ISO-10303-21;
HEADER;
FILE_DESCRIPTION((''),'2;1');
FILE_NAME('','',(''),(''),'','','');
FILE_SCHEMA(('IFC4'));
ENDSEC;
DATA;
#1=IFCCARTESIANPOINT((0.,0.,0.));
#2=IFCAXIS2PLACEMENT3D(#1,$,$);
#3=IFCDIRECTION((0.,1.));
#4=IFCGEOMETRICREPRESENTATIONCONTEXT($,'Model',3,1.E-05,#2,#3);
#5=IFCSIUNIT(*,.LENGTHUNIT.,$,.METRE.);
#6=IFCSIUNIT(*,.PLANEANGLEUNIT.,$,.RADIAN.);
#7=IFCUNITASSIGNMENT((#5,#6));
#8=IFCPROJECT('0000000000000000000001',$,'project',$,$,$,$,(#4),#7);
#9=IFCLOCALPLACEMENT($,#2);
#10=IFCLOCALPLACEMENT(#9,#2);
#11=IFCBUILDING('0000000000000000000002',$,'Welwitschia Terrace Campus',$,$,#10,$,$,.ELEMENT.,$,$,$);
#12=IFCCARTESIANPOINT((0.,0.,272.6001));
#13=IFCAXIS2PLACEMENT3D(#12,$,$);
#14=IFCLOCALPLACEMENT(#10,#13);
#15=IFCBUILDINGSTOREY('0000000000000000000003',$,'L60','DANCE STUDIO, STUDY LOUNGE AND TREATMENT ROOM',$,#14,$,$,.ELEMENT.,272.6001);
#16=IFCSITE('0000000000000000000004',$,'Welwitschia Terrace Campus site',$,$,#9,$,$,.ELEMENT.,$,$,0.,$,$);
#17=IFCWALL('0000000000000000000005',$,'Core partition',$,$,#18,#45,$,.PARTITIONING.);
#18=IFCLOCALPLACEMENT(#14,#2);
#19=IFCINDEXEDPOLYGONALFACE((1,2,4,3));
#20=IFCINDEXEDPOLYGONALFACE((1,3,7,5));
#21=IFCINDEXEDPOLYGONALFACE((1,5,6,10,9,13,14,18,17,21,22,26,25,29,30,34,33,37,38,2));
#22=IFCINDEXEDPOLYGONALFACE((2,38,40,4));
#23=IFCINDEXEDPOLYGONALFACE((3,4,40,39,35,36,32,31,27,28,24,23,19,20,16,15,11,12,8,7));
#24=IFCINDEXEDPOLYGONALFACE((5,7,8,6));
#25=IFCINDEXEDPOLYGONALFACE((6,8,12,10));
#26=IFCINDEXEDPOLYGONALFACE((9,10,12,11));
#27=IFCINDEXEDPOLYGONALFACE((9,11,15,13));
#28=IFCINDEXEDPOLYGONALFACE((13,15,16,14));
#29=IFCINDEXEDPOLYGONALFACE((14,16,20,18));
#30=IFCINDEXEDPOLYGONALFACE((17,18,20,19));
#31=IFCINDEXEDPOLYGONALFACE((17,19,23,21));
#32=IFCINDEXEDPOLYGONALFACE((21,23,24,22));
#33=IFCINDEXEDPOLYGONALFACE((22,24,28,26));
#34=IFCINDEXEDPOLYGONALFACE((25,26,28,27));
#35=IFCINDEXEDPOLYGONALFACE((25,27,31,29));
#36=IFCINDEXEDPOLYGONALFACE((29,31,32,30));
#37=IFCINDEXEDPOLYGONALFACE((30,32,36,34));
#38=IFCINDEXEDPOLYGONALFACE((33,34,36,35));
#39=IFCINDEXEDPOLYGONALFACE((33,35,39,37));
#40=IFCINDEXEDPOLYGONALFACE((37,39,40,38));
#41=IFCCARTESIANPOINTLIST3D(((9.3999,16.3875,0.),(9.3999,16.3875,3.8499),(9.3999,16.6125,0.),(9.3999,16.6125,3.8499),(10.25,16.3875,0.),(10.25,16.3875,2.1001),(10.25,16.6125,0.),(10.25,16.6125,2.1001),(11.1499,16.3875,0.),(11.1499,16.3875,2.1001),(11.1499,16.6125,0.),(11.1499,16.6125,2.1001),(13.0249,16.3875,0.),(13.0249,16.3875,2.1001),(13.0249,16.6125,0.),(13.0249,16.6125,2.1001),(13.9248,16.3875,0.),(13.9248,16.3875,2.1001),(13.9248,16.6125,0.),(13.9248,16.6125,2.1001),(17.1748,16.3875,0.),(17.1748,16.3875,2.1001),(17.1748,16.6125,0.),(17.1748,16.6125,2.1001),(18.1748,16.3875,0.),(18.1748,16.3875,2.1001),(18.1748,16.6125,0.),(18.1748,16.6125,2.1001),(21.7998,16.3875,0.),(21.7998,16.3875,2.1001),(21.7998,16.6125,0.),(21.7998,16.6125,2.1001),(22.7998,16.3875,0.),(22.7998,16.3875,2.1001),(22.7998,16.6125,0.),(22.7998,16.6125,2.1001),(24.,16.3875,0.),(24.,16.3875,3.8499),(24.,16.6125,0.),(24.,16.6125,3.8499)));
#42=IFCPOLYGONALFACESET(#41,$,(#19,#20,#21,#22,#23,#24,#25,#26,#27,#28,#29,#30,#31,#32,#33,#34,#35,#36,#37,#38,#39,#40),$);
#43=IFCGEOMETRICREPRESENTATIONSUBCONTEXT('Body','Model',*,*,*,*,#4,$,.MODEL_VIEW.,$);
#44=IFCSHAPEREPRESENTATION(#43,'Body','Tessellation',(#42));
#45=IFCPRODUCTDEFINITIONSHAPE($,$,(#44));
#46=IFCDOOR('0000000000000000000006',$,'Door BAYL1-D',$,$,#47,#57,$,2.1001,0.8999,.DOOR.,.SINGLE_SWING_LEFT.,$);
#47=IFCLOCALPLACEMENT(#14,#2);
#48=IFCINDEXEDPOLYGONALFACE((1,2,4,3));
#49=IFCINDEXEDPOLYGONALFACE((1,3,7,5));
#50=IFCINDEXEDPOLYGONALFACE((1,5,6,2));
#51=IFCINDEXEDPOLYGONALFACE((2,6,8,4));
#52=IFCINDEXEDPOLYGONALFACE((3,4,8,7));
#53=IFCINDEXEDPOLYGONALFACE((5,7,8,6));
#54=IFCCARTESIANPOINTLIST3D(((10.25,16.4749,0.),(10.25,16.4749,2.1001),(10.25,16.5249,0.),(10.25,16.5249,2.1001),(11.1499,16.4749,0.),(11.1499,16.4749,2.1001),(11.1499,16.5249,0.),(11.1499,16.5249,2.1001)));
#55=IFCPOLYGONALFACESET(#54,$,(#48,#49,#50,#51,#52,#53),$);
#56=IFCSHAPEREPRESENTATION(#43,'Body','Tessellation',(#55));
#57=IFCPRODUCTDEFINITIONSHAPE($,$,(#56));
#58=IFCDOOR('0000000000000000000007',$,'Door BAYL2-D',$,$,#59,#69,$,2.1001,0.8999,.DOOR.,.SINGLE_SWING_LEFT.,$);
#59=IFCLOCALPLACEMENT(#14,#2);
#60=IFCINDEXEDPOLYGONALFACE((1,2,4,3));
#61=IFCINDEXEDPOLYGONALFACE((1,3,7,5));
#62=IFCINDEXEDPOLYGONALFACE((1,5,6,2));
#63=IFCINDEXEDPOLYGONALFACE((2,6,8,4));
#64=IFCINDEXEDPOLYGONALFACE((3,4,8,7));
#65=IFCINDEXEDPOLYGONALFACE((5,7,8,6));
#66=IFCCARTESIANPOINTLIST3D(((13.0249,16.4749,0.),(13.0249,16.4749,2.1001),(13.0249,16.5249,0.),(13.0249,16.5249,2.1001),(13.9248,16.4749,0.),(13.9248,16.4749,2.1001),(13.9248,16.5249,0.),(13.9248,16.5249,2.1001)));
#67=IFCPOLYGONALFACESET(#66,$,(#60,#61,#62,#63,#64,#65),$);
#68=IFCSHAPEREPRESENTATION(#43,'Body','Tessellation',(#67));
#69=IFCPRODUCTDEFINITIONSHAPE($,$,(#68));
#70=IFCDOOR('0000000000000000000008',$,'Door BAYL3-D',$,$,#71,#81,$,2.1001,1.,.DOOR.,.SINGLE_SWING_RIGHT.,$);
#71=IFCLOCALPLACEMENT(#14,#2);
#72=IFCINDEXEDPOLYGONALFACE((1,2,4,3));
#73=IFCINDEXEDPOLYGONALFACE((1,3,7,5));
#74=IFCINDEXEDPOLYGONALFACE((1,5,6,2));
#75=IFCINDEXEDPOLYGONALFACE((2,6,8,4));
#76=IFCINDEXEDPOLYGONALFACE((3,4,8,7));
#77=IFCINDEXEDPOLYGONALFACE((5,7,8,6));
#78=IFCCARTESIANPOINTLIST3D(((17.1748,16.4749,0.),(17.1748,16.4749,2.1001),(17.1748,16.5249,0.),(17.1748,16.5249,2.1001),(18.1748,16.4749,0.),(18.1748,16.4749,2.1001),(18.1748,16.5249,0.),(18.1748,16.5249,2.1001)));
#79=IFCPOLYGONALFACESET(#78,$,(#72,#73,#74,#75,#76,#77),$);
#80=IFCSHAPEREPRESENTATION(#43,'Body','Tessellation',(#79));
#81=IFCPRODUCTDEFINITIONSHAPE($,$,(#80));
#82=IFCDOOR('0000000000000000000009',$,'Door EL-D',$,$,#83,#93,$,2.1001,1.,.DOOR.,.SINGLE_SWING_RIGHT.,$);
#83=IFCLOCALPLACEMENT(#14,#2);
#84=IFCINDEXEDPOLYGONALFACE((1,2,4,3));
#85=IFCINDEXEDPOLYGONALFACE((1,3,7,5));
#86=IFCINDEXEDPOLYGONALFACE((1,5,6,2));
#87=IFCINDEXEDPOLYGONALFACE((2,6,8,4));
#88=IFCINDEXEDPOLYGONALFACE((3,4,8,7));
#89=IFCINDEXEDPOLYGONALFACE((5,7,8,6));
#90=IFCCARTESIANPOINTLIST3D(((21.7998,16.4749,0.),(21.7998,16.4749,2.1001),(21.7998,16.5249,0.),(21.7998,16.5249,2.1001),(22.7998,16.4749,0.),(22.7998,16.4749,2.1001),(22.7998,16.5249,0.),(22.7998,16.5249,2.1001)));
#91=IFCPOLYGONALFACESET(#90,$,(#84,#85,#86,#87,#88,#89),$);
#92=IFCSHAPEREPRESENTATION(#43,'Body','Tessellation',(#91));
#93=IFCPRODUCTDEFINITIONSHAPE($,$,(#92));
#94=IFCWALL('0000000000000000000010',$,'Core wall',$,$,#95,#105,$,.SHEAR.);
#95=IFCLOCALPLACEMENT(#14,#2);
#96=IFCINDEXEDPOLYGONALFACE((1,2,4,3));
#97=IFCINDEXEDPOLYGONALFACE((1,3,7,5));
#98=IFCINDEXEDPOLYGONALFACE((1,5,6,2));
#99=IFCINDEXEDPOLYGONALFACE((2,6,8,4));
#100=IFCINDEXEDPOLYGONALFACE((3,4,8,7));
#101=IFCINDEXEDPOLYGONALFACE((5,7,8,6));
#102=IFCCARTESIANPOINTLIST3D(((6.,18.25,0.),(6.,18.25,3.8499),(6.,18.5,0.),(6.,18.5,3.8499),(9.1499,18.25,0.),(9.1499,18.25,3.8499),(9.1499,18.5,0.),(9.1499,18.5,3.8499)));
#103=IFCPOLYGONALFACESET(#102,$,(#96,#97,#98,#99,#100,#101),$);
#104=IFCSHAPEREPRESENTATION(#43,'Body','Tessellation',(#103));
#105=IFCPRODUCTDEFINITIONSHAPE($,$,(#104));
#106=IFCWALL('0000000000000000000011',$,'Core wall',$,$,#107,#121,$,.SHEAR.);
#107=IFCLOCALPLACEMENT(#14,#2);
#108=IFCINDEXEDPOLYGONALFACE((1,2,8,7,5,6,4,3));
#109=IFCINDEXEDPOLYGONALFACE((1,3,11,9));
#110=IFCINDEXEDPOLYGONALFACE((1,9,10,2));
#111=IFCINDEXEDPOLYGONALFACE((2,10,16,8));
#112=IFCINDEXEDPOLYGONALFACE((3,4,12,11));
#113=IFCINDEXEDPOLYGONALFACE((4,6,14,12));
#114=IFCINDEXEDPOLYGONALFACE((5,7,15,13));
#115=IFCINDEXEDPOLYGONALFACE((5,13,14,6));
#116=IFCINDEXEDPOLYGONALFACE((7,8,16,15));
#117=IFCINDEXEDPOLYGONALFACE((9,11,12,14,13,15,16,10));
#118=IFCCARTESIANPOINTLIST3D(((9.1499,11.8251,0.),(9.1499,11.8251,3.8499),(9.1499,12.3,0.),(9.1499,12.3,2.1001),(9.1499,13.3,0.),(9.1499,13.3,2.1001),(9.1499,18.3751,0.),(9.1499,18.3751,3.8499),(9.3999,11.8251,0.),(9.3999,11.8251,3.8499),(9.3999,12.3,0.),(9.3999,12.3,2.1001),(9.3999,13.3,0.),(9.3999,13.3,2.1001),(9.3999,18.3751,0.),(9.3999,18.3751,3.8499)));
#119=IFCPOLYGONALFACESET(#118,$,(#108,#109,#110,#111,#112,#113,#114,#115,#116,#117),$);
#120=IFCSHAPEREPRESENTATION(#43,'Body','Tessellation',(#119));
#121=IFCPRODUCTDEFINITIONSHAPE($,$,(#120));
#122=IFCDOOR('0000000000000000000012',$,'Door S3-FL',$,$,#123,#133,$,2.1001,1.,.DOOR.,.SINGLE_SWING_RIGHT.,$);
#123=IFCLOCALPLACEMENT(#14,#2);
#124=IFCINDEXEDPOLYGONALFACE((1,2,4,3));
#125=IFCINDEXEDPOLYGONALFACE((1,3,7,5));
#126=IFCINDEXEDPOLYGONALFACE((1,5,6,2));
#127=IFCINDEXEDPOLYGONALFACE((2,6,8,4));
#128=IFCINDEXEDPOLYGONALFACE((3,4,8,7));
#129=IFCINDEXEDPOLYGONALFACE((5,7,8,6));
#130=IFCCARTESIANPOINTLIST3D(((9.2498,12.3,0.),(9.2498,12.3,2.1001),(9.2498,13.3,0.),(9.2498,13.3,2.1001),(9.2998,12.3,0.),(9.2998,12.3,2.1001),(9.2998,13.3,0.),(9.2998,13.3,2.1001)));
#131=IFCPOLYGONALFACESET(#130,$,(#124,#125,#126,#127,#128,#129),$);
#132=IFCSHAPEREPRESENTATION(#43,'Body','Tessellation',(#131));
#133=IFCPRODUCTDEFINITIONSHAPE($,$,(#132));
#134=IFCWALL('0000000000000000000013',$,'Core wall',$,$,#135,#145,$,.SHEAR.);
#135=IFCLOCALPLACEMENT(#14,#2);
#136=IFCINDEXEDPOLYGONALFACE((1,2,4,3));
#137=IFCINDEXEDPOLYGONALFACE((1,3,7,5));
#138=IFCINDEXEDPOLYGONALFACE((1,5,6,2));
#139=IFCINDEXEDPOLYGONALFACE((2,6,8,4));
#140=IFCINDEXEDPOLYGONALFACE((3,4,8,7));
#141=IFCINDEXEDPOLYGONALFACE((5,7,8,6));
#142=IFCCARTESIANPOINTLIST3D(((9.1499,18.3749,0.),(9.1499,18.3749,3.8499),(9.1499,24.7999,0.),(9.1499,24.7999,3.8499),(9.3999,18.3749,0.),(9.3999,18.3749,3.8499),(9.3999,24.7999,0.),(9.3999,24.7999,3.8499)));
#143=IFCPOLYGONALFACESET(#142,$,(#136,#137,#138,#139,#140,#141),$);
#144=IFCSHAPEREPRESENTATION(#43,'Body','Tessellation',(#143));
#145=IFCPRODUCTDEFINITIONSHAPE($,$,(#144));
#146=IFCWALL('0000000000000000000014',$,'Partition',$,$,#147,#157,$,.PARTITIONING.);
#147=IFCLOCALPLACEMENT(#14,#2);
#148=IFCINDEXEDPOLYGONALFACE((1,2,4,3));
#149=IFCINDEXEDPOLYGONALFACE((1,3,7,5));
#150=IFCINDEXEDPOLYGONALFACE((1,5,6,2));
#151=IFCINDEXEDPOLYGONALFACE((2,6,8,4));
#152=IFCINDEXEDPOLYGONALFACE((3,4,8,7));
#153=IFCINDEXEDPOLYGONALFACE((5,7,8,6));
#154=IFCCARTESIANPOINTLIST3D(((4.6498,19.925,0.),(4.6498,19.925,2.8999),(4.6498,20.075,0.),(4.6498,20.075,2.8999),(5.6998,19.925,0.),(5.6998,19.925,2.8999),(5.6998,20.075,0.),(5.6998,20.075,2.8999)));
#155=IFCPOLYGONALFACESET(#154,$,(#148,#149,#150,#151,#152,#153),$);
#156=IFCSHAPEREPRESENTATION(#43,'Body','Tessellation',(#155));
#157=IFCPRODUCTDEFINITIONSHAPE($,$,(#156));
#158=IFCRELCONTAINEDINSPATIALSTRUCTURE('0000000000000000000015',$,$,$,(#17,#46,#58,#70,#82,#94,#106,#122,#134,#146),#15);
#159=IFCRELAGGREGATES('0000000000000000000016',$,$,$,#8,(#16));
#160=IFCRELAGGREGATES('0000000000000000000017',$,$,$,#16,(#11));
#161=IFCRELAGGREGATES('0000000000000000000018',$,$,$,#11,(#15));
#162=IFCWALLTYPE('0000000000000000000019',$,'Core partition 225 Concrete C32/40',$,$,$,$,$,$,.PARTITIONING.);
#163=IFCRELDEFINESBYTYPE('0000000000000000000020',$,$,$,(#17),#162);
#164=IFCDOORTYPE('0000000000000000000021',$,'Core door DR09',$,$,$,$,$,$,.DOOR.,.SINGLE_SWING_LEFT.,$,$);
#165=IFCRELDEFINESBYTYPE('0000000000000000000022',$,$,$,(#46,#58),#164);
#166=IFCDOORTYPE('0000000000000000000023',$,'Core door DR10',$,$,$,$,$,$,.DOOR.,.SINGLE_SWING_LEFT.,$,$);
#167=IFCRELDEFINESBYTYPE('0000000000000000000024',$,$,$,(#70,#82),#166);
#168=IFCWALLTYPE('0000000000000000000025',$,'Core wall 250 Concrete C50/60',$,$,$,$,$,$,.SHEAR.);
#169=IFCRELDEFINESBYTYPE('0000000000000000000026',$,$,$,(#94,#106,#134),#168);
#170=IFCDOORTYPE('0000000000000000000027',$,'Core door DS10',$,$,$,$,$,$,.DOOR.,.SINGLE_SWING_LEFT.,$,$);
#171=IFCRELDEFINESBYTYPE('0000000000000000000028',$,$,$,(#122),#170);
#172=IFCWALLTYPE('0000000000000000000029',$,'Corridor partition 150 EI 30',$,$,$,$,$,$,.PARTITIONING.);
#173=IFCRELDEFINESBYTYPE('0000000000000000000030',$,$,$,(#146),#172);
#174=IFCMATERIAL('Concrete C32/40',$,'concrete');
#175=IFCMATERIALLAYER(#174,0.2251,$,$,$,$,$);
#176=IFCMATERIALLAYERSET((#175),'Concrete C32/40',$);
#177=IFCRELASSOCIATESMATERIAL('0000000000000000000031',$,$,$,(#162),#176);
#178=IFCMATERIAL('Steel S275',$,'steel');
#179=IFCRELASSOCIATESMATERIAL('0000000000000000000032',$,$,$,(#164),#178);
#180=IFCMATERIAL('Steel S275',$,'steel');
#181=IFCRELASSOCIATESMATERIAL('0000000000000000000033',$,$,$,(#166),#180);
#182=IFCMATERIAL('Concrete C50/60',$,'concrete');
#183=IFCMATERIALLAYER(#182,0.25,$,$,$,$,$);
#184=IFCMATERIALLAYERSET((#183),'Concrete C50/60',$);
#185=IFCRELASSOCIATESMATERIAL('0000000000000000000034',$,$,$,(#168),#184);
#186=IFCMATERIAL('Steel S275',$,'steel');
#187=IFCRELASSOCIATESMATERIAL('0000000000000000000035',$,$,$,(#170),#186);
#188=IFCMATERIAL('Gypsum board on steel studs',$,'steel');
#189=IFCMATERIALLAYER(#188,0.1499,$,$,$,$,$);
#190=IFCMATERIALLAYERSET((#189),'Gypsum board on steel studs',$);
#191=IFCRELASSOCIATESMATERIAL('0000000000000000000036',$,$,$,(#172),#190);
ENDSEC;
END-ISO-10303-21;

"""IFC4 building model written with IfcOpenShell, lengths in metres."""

from ifc_helpers import new_model, si_unit, direction, frame, frame_2d, origin, place, context, subcontext, project, spatial, rectangle, extrude, material, layer, layer_set, type_object, element, fill, save


model = new_model("IFC4")

# Units and contexts
model_context = context("Model", 3, precision=1e-05, world=origin(), true_north=direction((0.0, 1.0)))
body_context = subcontext(model_context, "Body", "Model", "MODEL_VIEW")
ifc_project = project(units=[si_unit("LENGTHUNIT", "METRE"), si_unit("PLANEANGLEUNIT", "RADIAN")], contexts=[model_context])

# Site, building, storey
site_placement = place(None, origin())
site = spatial("IfcSite", under=ifc_project, at=site_placement, Name="Welwitschia Terrace Campus site", CompositionType="ELEMENT", RefElevation=0.0)
building_placement = place(site_placement, origin())
building = spatial("IfcBuilding", under=site, at=building_placement, Name="Welwitschia Terrace Campus", CompositionType="ELEMENT")
storey_placement = place(building_placement, frame((0.0, 0.0, 272.6001)))
storey = spatial("IfcBuildingStorey", under=building, at=storey_placement, Name="L60", Description="DANCE STUDIO, STUDY LOUNGE AND TREATMENT ROOM", CompositionType="ELEMENT", Elevation=272.6001)

# Shared definitions
ifc_material_1 = material(Name="Concrete C32/40", Category="concrete")
ifc_layer_1 = layer(ifc_material_1, 0.2251)
ifc_layer_set_1 = layer_set([ifc_layer_1], Name="Concrete C32/40")
wall_type_1 = type_object("IfcWallType", Name="Core partition 225 Concrete C32/40", PredefinedType="PARTITIONING", material=ifc_layer_set_1)

# Wall, openings, doors
wall_1_placement = place(storey_placement, frame((9.3999, 16.5, 0.0), z_axis=(0.0, 0.0, 1.0), x_axis=(1.0, 0.0, 0.0)))
wall_1 = element("IfcWall", 1, at=wall_1_placement, inside=storey, type_object=wall_type_1, Name="Core partition", PredefinedType="PARTITIONING", context=body_context, shape_type="SweptSolid", body=[
    extrude(rectangle(XDim=14.6001, YDim=0.2251, at=frame_2d((7.3, 0.0))), origin(), (0.0, 0.0, 1.0), 3.8499),
])
opening_1_placement = place(wall_1_placement, frame((0.8501, 0.0, 0.0)))
opening_1 = element("IfcOpeningElement", 2, at=opening_1_placement, cuts=wall_1, PredefinedType="OPENING", context=body_context, shape_type="SweptSolid", body=[
    extrude(rectangle(XDim=0.8999, YDim=2.1001, at=frame_2d((0.45, 1.05))), frame((0.0, 0.1226, 0.0), z_axis=(0.0, -1.0, 0.0), x_axis=(1.0, 0.0, 0.0)), (0.0, 0.0, 1.0), 0.2451),
])
opening_2_placement = place(wall_1_placement, frame((3.625, 0.0, 0.0)))
opening_2 = element("IfcOpeningElement", 3, at=opening_2_placement, cuts=wall_1, PredefinedType="OPENING", context=body_context, shape_type="SweptSolid", body=[
    extrude(rectangle(XDim=0.8999, YDim=2.1001, at=frame_2d((0.45, 1.05))), frame((0.0, 0.1226, 0.0), z_axis=(0.0, -1.0, 0.0), x_axis=(1.0, 0.0, 0.0)), (0.0, 0.0, 1.0), 0.2451),
])
opening_3_placement = place(wall_1_placement, frame((7.7749, 0.0, 0.0)))
opening_3 = element("IfcOpeningElement", 4, at=opening_3_placement, cuts=wall_1, PredefinedType="OPENING", context=body_context, shape_type="SweptSolid", body=[
    extrude(rectangle(XDim=1.0, YDim=2.1001, at=frame_2d((0.5, 1.05))), frame((0.0, 0.1226, 0.0), z_axis=(0.0, -1.0, 0.0), x_axis=(1.0, 0.0, 0.0)), (0.0, 0.0, 1.0), 0.2451),
])
opening_4_placement = place(wall_1_placement, frame((12.3999, 0.0, 0.0)))
opening_4 = element("IfcOpeningElement", 5, at=opening_4_placement, cuts=wall_1, PredefinedType="OPENING", context=body_context, shape_type="SweptSolid", body=[
    extrude(rectangle(XDim=1.0, YDim=2.1001, at=frame_2d((0.5, 1.05))), frame((0.0, 0.1226, 0.0), z_axis=(0.0, -1.0, 0.0), x_axis=(1.0, 0.0, 0.0)), (0.0, 0.0, 1.0), 0.2451),
])
ifc_material_2 = material(Name="Steel S275", Category="steel")
door_type_1 = type_object("IfcDoorType", Name="Core door DR09", OperationType="SINGLE_SWING_LEFT", PredefinedType="DOOR", material=ifc_material_2)
door_1_placement = place(opening_1_placement, origin())
door_1 = element("IfcDoor", 6, at=door_1_placement, inside=storey, type_object=door_type_1, Name="Door BAYL1-D", OperationType="SINGLE_SWING_LEFT", OverallHeight=2.1001, OverallWidth=0.8999, PredefinedType="DOOR", context=body_context, shape_type="SweptSolid", body=[
    extrude(rectangle(XDim=0.8999, YDim=2.1001, at=frame_2d((0.45, 1.05))), frame((0.0, 0.0249, 0.0), z_axis=(0.0, -1.0, 0.0), x_axis=(1.0, 0.0, 0.0)), (0.0, 0.0, 1.0), 0.05),
])
fill(opening_1, door_1)
door_2_placement = place(opening_2_placement, origin())
door_2 = element("IfcDoor", 7, at=door_2_placement, inside=storey, type_object=door_type_1, Name="Door BAYL2-D", OperationType="SINGLE_SWING_LEFT", OverallHeight=2.1001, OverallWidth=0.8999, PredefinedType="DOOR", context=body_context, shape_type="SweptSolid", body=[
    extrude(rectangle(XDim=0.8999, YDim=2.1001, at=frame_2d((0.45, 1.05))), frame((0.0, 0.0249, 0.0), z_axis=(0.0, -1.0, 0.0), x_axis=(1.0, 0.0, 0.0)), (0.0, 0.0, 1.0), 0.05),
])
fill(opening_2, door_2)
ifc_material_3 = material(Name="Steel S275", Category="steel")
door_type_2 = type_object("IfcDoorType", Name="Core door DR10", OperationType="SINGLE_SWING_LEFT", PredefinedType="DOOR", material=ifc_material_3)
door_3_placement = place(opening_3_placement, origin())
door_3 = element("IfcDoor", 8, at=door_3_placement, inside=storey, type_object=door_type_2, Name="Door BAYL3-D", OperationType="SINGLE_SWING_RIGHT", OverallHeight=2.1001, OverallWidth=1.0, PredefinedType="DOOR", context=body_context, shape_type="SweptSolid", body=[
    extrude(rectangle(XDim=1.0, YDim=2.1001, at=frame_2d((0.5, 1.05))), frame((0.0, 0.0249, 0.0), z_axis=(0.0, -1.0, 0.0), x_axis=(1.0, 0.0, 0.0)), (0.0, 0.0, 1.0), 0.05),
])
fill(opening_3, door_3)
door_4_placement = place(opening_4_placement, origin())
door_4 = element("IfcDoor", 9, at=door_4_placement, inside=storey, type_object=door_type_2, Name="Door EL-D", OperationType="SINGLE_SWING_RIGHT", OverallHeight=2.1001, OverallWidth=1.0, PredefinedType="DOOR", context=body_context, shape_type="SweptSolid", body=[
    extrude(rectangle(XDim=1.0, YDim=2.1001, at=frame_2d((0.5, 1.05))), frame((0.0, 0.0249, 0.0), z_axis=(0.0, -1.0, 0.0), x_axis=(1.0, 0.0, 0.0)), (0.0, 0.0, 1.0), 0.05),
])
fill(opening_4, door_4)

# Wall
ifc_material_4 = material(Name="Concrete C50/60", Category="concrete")
ifc_layer_2 = layer(ifc_material_4, 0.25)
ifc_layer_set_2 = layer_set([ifc_layer_2], Name="Concrete C50/60")
wall_type_2 = type_object("IfcWallType", Name="Core wall 250 Concrete C50/60", PredefinedType="SHEAR", material=ifc_layer_set_2)
wall_2_placement = place(storey_placement, frame((6.0, 18.375, 0.0), z_axis=(0.0, 0.0, 1.0), x_axis=(1.0, 0.0, 0.0)))
element("IfcWall", 10, at=wall_2_placement, inside=storey, type_object=wall_type_2, Name="Core wall", PredefinedType="SHEAR", context=body_context, shape_type="SweptSolid", body=[
    extrude(rectangle(XDim=3.1499, YDim=0.25, at=frame_2d((1.575, 0.0))), origin(), (0.0, 0.0, 1.0), 3.8499),
])

# Wall, opening, door
wall_3_placement = place(storey_placement, frame((9.2749, 18.375, 0.0), z_axis=(0.0, 0.0, 1.0), x_axis=(0.0, -1.0, 0.0)))
wall_3 = element("IfcWall", 11, at=wall_3_placement, inside=storey, type_object=wall_type_2, Name="Core wall", PredefinedType="SHEAR", context=body_context, shape_type="SweptSolid", body=[
    extrude(rectangle(XDim=6.55, YDim=0.25, at=frame_2d((3.2749, 0.0))), origin(), (0.0, 0.0, 1.0), 3.8499),
])
opening_5_placement = place(wall_3_placement, frame((5.075, 0.0, 0.0)))
opening_5 = element("IfcOpeningElement", 12, at=opening_5_placement, cuts=wall_3, PredefinedType="OPENING", context=body_context, shape_type="SweptSolid", body=[
    extrude(rectangle(XDim=1.0, YDim=2.1001, at=frame_2d((0.5, 1.05))), frame((0.0, 0.135, 0.0), z_axis=(0.0, -1.0, 0.0), x_axis=(1.0, 0.0, 0.0)), (0.0, 0.0, 1.0), 0.27),
])
ifc_material_5 = material(Name="Steel S275", Category="steel")
door_type_3 = type_object("IfcDoorType", Name="Core door DS10", OperationType="SINGLE_SWING_LEFT", PredefinedType="DOOR", material=ifc_material_5)
door_5_placement = place(opening_5_placement, origin())
door_5 = element("IfcDoor", 13, at=door_5_placement, inside=storey, type_object=door_type_3, Name="Door S3-FL", OperationType="SINGLE_SWING_RIGHT", OverallHeight=2.1001, OverallWidth=1.0, PredefinedType="DOOR", context=body_context, shape_type="SweptSolid", body=[
    extrude(rectangle(XDim=1.0, YDim=2.1001, at=frame_2d((0.5, 1.05))), frame((0.0, 0.0249, 0.0), z_axis=(0.0, -1.0, 0.0), x_axis=(1.0, 0.0, 0.0)), (0.0, 0.0, 1.0), 0.05),
])
fill(opening_5, door_5)

# Walls
wall_4_placement = place(storey_placement, frame((9.2749, 18.375, 0.0), z_axis=(0.0, 0.0, 1.0), x_axis=(0.0, 1.0, 0.0)))
element("IfcWall", 14, at=wall_4_placement, inside=storey, type_object=wall_type_2, Name="Core wall", PredefinedType="SHEAR", context=body_context, shape_type="SweptSolid", body=[
    extrude(rectangle(XDim=6.425, YDim=0.25, at=frame_2d((3.2124, 0.0))), origin(), (0.0, 0.0, 1.0), 3.8499),
])
ifc_material_6 = material(Name="Gypsum board on steel studs", Category="steel")
ifc_layer_3 = layer(ifc_material_6, 0.1499)
ifc_layer_set_3 = layer_set([ifc_layer_3], Name="Gypsum board on steel studs")
wall_type_3 = type_object("IfcWallType", Name="Corridor partition 150 EI 30", PredefinedType="PARTITIONING", material=ifc_layer_set_3)
wall_5_placement = place(storey_placement, frame((4.6499, 20.0, 0.0), z_axis=(0.0, 0.0, 1.0), x_axis=(1.0, 0.0, 0.0)))
element("IfcWall", 15, at=wall_5_placement, inside=storey, type_object=wall_type_3, Name="Partition", PredefinedType="PARTITIONING", context=body_context, shape_type="SweptSolid", body=[
    extrude(rectangle(XDim=1.05, YDim=0.1499, at=frame_2d((0.5249, 0.0))), origin(), (0.0, 0.0, 1.0), 2.8999),
])

save(model, "model.ifc")
